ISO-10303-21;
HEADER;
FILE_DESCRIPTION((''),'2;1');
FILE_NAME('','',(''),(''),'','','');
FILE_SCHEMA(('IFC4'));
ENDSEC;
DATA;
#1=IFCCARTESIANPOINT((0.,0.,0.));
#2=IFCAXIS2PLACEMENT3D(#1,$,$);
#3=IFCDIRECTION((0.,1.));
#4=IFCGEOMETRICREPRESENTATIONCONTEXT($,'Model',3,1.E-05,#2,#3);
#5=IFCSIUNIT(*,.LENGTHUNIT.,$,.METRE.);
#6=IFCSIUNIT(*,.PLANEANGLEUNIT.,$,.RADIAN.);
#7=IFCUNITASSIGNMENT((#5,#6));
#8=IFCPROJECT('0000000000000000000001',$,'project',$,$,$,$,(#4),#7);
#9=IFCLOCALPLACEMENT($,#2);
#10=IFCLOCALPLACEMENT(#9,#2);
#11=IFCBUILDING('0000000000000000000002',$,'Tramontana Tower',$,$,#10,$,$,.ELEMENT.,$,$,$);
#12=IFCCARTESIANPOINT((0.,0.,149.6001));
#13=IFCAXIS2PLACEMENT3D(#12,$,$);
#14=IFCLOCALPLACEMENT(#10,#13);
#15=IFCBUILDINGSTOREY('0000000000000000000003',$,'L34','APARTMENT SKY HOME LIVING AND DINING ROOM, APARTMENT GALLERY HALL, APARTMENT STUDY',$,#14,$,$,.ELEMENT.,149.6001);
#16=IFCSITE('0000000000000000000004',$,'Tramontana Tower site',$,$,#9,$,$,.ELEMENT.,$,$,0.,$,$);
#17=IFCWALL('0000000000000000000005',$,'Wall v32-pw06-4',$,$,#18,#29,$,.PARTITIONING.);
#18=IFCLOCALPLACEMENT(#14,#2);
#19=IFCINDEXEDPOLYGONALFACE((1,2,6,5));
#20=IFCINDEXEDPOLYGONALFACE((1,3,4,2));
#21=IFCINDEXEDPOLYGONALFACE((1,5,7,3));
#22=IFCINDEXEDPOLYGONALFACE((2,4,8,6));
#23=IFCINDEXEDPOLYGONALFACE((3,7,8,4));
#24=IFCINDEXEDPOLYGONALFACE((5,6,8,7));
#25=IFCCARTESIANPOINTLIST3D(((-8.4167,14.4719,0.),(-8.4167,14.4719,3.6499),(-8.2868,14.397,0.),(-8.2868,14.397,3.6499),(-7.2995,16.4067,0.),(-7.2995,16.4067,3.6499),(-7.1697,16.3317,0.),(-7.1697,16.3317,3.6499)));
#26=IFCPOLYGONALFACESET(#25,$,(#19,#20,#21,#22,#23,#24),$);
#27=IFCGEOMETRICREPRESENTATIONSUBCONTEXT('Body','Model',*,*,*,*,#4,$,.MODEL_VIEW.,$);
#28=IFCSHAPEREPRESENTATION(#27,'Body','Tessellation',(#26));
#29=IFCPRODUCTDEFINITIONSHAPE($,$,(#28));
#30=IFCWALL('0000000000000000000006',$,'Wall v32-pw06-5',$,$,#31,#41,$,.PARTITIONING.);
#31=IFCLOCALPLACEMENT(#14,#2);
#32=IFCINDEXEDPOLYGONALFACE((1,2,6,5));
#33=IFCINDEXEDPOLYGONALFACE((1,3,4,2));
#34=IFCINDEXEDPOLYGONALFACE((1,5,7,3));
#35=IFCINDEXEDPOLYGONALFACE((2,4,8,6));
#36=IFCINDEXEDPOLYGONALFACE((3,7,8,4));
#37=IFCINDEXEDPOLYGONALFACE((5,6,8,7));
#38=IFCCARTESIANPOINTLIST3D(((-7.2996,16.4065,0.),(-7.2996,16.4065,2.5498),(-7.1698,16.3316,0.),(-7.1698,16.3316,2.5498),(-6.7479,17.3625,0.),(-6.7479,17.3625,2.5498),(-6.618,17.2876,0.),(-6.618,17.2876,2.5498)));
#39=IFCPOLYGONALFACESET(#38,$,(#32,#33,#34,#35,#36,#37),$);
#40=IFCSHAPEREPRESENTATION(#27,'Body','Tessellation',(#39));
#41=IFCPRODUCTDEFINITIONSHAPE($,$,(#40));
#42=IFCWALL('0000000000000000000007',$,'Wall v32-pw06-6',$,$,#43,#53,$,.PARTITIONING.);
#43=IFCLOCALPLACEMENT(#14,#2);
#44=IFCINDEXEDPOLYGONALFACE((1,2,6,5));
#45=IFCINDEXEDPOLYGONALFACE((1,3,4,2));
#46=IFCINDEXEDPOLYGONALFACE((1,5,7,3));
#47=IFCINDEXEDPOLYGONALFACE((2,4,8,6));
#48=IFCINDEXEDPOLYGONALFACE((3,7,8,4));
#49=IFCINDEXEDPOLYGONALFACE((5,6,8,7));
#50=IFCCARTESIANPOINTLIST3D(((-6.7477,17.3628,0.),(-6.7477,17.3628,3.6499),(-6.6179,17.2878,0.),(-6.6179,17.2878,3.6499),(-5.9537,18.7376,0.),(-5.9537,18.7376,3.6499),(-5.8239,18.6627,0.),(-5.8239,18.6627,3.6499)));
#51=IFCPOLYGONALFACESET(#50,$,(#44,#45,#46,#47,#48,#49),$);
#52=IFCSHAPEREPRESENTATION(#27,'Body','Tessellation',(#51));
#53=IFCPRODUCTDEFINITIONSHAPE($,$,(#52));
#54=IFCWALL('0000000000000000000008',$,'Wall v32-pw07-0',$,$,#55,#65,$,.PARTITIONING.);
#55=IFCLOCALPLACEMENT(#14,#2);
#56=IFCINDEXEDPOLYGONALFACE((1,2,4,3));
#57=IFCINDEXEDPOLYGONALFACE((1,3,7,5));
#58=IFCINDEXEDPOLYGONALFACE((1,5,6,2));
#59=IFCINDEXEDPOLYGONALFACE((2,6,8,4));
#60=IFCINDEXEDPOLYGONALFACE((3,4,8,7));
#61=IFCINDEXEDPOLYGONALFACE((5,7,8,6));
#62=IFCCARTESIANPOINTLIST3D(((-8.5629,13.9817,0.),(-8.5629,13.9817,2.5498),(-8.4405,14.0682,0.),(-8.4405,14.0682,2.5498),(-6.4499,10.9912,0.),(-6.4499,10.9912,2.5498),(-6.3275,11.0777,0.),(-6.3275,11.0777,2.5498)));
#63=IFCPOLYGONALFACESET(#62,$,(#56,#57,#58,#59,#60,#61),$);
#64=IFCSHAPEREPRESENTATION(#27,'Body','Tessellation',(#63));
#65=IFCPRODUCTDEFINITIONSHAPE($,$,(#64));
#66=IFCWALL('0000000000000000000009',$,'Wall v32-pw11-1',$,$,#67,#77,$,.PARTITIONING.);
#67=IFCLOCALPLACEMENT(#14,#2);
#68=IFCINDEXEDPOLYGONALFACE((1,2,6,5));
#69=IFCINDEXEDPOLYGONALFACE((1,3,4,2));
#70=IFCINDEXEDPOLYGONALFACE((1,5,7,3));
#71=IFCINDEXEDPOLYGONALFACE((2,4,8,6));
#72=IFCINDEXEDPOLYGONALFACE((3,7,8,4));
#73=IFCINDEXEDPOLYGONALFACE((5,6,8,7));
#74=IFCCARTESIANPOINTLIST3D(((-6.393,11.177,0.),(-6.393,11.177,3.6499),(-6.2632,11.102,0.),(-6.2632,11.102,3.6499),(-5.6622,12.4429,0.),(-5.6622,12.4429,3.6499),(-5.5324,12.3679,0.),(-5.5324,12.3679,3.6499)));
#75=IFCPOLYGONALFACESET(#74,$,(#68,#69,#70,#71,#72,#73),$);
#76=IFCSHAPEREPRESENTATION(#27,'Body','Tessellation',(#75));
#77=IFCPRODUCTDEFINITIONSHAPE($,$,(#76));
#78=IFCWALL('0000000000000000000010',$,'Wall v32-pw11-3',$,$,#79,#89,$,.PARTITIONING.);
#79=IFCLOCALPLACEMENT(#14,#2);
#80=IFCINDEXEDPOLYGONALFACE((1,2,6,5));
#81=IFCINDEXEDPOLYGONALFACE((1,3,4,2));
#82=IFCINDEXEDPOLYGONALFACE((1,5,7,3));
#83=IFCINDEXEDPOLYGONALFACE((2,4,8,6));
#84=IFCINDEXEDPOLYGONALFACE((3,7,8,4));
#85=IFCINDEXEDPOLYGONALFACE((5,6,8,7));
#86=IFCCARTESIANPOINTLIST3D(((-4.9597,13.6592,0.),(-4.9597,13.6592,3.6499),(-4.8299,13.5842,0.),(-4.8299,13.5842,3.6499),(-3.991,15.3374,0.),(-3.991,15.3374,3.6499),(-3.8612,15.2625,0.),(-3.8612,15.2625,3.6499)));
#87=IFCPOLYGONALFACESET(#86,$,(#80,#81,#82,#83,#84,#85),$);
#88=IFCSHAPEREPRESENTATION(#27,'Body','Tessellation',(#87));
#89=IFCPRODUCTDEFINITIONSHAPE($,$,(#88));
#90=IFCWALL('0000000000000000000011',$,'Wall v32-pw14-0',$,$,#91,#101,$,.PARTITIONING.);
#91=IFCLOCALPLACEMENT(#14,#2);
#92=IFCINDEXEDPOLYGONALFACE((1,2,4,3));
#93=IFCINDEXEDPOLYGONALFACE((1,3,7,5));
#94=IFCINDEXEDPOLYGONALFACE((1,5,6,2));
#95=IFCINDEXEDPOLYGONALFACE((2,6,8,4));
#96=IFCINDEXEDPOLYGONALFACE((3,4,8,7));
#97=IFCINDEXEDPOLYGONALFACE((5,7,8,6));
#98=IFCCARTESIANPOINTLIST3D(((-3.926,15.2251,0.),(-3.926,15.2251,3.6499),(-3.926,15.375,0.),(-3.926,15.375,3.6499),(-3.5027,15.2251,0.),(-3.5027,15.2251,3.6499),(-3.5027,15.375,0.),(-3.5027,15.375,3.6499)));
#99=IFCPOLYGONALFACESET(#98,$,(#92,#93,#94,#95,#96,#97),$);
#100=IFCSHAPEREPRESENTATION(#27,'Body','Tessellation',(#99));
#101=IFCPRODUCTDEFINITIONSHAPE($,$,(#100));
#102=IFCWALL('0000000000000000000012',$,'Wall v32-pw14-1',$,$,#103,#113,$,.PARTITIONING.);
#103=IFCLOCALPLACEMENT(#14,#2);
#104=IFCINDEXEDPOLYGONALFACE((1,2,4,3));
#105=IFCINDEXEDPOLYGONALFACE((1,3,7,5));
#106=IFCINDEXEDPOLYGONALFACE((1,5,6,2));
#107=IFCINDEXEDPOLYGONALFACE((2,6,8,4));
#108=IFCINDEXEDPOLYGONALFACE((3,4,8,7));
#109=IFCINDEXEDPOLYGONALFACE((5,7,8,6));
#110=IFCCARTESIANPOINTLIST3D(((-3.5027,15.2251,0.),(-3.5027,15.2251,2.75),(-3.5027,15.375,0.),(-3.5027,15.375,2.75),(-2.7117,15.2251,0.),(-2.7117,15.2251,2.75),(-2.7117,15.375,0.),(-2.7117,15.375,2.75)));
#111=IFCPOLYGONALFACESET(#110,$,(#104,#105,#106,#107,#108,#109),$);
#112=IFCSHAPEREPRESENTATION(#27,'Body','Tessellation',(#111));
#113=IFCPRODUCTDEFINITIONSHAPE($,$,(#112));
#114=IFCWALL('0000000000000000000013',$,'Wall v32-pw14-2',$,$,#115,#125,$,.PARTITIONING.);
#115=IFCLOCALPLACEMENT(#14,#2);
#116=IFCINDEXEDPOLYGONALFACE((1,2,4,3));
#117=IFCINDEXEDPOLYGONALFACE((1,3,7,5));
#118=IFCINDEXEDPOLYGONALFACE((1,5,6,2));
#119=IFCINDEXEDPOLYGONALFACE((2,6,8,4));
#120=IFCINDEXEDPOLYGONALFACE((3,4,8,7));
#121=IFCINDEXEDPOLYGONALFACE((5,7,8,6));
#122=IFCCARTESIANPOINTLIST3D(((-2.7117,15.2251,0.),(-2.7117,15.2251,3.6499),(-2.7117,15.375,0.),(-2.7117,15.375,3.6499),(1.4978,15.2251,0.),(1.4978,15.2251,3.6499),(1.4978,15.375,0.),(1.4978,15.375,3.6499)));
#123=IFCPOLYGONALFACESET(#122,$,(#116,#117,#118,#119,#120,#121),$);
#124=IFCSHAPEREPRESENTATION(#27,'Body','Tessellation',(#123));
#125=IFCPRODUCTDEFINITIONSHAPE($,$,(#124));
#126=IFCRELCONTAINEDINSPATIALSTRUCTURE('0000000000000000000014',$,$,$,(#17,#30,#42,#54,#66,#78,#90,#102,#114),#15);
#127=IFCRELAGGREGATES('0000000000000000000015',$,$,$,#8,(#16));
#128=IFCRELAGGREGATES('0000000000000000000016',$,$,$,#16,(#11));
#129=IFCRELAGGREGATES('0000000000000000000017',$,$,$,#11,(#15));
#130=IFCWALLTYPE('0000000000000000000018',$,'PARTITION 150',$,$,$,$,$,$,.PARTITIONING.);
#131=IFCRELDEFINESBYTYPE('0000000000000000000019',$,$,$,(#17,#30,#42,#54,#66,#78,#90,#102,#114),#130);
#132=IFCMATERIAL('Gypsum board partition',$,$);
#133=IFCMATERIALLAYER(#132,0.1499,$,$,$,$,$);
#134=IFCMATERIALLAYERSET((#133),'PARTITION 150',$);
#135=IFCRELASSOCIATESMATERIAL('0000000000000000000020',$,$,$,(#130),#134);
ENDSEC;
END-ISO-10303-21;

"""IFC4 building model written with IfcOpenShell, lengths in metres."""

from ifc_helpers import new_model, si_unit, direction, frame, frame_2d, origin, place, context, subcontext, project, spatial, rectangle, extrude, material, layer, layer_set, type_object, element, save


model = new_model("IFC4")

# Units and contexts
model_context = context("Model", 3, precision=1e-05, world=origin(), true_north=direction((0.0, 1.0)))
body_context = subcontext(model_context, "Body", "Model", "MODEL_VIEW")
ifc_project = project(units=[si_unit("LENGTHUNIT", "METRE"), si_unit("PLANEANGLEUNIT", "RADIAN")], contexts=[model_context])

# Site, building, storey
site_placement = place(None, origin())
site = spatial("IfcSite", under=ifc_project, at=site_placement, Name="Tramontana Tower site", CompositionType="ELEMENT", RefElevation=0.0)
building_placement = place(site_placement, origin())
building = spatial("IfcBuilding", under=site, at=building_placement, Name="Tramontana Tower", CompositionType="ELEMENT")
storey_placement = place(building_placement, frame((0.0, 0.0, 149.6001)))
storey = spatial("IfcBuildingStorey", under=building, at=storey_placement, Name="L34", Description="APARTMENT SKY HOME LIVING AND DINING ROOM, APARTMENT GALLERY HALL, APARTMENT STUDY", CompositionType="ELEMENT", Elevation=149.6001)

# Shared definitions
ifc_material_1 = material(Name="Gypsum board partition")
ifc_layer_1 = layer(ifc_material_1, 0.1499)
ifc_layer_set_1 = layer_set([ifc_layer_1], Name="PARTITION 150")
wall_type_1 = type_object("IfcWallType", Name="PARTITION 150", PredefinedType="PARTITIONING", material=ifc_layer_set_1)

# Walls
wall_1_placement = place(storey_placement, frame((-8.3518, 14.4343, 0.0), z_axis=(0.0, 0.0, 1.0), x_axis=(0.500041, 0.866002, 0.0)))
element("IfcWall", 1, at=wall_1_placement, inside=storey, type_object=wall_type_1, Name="Wall v32-pw06-4", PredefinedType="PARTITIONING", context=body_context, shape_type="SweptSolid", body=[
    extrude(rectangle(XDim=2.2341, YDim=0.1499, at=frame_2d((1.1172, 0.0))), origin(), (0.0, 0.0, 1.0), 3.6499),
])
wall_2_placement = place(storey_placement, frame((-7.2346, 16.3691, 0.0), z_axis=(0.0, 0.0, 1.0), x_axis=(0.49985, 0.866112, 0.0)))
element("IfcWall", 2, at=wall_2_placement, inside=storey, type_object=wall_type_1, Name="Wall v32-pw06-5", PredefinedType="PARTITIONING", context=body_context, shape_type="SweptSolid", body=[
    extrude(rectangle(XDim=1.1038, YDim=0.1499, at=frame_2d((0.5518, 0.0))), origin(), (0.0, 0.0, 1.0), 2.5498),
])
wall_3_placement = place(storey_placement, frame((-6.6829, 17.3252, 0.0), z_axis=(0.0, 0.0, 1.0), x_axis=(0.500108, 0.865963, 0.0)))
element("IfcWall", 3, at=wall_3_placement, inside=storey, type_object=wall_type_1, Name="Wall v32-pw06-6", PredefinedType="PARTITIONING", context=body_context, shape_type="SweptSolid", body=[
    extrude(rectangle(XDim=1.5876, YDim=0.1499, at=frame_2d((0.7939, 0.0))), origin(), (0.0, 0.0, 1.0), 3.6499),
])
wall_4_placement = place(storey_placement, frame((-8.5017, 14.0249, 0.0), z_axis=(0.0, 0.0, 1.0), x_axis=(0.577068, -0.816696, 0.0)))
element("IfcWall", 4, at=wall_4_placement, inside=storey, type_object=wall_type_1, Name="Wall v32-pw07-0", PredefinedType="PARTITIONING", context=body_context, shape_type="SweptSolid", body=[
    extrude(rectangle(XDim=3.6616, YDim=0.1499, at=frame_2d((1.8308, 0.0))), origin(), (0.0, 0.0, 1.0), 2.5498),
])
wall_5_placement = place(storey_placement, frame((-6.3281, 11.1394, 0.0), z_axis=(0.0, 0.0, 1.0), x_axis=(0.49993, 0.866066, 0.0)))
element("IfcWall", 5, at=wall_5_placement, inside=storey, type_object=wall_type_1, Name="Wall v32-pw11-1", PredefinedType="PARTITIONING", context=body_context, shape_type="SweptSolid", body=[
    extrude(rectangle(XDim=1.4617, YDim=0.1499, at=frame_2d((0.731, 0.0))), origin(), (0.0, 0.0, 1.0), 3.6499),
])

# Walls
wall_6_placement = place(storey_placement, frame((-4.8948, 13.6218, 0.0), z_axis=(0.0, 0.0, 1.0), x_axis=(0.499933, 0.866064, 0.0)))
element("IfcWall", 6, at=wall_6_placement, inside=storey, type_object=wall_type_1, Name="Wall v32-pw11-3", PredefinedType="PARTITIONING", context=body_context, shape_type="SweptSolid", body=[
    extrude(rectangle(XDim=1.9377, YDim=0.1499, at=frame_2d((0.9688, 0.0))), origin(), (0.0, 0.0, 1.0), 3.6499),
])
wall_7_placement = place(storey_placement, frame((-3.926, 15.3, 0.0), z_axis=(0.0, 0.0, 1.0), x_axis=(1.0, 0.0, 0.0)))
element("IfcWall", 7, at=wall_7_placement, inside=storey, type_object=wall_type_1, Name="Wall v32-pw14-0", PredefinedType="PARTITIONING", context=body_context, shape_type="SweptSolid", body=[
    extrude(rectangle(XDim=0.4233, YDim=0.1499, at=frame_2d((0.2117, 0.0))), origin(), (0.0, 0.0, 1.0), 3.6499),
])
wall_8_placement = place(storey_placement, frame((-3.5027, 15.3, 0.0), z_axis=(0.0, 0.0, 1.0), x_axis=(1.0, 0.0, 0.0)))
element("IfcWall", 8, at=wall_8_placement, inside=storey, type_object=wall_type_1, Name="Wall v32-pw14-1", PredefinedType="PARTITIONING", context=body_context, shape_type="SweptSolid", body=[
    extrude(rectangle(XDim=0.791, YDim=0.1499, at=frame_2d((0.3955, 0.0))), origin(), (0.0, 0.0, 1.0), 2.75),
])
wall_9_placement = place(storey_placement, frame((-2.7117, 15.3, 0.0), z_axis=(0.0, 0.0, 1.0), x_axis=(1.0, 0.0, 0.0)))
element("IfcWall", 9, at=wall_9_placement, inside=storey, type_object=wall_type_1, Name="Wall v32-pw14-2", PredefinedType="PARTITIONING", context=body_context, shape_type="SweptSolid", body=[
    extrude(rectangle(XDim=4.2095, YDim=0.1499, at=frame_2d((2.1047, 0.0))), origin(), (0.0, 0.0, 1.0), 3.6499),
])

save(model, "model.ifc")
